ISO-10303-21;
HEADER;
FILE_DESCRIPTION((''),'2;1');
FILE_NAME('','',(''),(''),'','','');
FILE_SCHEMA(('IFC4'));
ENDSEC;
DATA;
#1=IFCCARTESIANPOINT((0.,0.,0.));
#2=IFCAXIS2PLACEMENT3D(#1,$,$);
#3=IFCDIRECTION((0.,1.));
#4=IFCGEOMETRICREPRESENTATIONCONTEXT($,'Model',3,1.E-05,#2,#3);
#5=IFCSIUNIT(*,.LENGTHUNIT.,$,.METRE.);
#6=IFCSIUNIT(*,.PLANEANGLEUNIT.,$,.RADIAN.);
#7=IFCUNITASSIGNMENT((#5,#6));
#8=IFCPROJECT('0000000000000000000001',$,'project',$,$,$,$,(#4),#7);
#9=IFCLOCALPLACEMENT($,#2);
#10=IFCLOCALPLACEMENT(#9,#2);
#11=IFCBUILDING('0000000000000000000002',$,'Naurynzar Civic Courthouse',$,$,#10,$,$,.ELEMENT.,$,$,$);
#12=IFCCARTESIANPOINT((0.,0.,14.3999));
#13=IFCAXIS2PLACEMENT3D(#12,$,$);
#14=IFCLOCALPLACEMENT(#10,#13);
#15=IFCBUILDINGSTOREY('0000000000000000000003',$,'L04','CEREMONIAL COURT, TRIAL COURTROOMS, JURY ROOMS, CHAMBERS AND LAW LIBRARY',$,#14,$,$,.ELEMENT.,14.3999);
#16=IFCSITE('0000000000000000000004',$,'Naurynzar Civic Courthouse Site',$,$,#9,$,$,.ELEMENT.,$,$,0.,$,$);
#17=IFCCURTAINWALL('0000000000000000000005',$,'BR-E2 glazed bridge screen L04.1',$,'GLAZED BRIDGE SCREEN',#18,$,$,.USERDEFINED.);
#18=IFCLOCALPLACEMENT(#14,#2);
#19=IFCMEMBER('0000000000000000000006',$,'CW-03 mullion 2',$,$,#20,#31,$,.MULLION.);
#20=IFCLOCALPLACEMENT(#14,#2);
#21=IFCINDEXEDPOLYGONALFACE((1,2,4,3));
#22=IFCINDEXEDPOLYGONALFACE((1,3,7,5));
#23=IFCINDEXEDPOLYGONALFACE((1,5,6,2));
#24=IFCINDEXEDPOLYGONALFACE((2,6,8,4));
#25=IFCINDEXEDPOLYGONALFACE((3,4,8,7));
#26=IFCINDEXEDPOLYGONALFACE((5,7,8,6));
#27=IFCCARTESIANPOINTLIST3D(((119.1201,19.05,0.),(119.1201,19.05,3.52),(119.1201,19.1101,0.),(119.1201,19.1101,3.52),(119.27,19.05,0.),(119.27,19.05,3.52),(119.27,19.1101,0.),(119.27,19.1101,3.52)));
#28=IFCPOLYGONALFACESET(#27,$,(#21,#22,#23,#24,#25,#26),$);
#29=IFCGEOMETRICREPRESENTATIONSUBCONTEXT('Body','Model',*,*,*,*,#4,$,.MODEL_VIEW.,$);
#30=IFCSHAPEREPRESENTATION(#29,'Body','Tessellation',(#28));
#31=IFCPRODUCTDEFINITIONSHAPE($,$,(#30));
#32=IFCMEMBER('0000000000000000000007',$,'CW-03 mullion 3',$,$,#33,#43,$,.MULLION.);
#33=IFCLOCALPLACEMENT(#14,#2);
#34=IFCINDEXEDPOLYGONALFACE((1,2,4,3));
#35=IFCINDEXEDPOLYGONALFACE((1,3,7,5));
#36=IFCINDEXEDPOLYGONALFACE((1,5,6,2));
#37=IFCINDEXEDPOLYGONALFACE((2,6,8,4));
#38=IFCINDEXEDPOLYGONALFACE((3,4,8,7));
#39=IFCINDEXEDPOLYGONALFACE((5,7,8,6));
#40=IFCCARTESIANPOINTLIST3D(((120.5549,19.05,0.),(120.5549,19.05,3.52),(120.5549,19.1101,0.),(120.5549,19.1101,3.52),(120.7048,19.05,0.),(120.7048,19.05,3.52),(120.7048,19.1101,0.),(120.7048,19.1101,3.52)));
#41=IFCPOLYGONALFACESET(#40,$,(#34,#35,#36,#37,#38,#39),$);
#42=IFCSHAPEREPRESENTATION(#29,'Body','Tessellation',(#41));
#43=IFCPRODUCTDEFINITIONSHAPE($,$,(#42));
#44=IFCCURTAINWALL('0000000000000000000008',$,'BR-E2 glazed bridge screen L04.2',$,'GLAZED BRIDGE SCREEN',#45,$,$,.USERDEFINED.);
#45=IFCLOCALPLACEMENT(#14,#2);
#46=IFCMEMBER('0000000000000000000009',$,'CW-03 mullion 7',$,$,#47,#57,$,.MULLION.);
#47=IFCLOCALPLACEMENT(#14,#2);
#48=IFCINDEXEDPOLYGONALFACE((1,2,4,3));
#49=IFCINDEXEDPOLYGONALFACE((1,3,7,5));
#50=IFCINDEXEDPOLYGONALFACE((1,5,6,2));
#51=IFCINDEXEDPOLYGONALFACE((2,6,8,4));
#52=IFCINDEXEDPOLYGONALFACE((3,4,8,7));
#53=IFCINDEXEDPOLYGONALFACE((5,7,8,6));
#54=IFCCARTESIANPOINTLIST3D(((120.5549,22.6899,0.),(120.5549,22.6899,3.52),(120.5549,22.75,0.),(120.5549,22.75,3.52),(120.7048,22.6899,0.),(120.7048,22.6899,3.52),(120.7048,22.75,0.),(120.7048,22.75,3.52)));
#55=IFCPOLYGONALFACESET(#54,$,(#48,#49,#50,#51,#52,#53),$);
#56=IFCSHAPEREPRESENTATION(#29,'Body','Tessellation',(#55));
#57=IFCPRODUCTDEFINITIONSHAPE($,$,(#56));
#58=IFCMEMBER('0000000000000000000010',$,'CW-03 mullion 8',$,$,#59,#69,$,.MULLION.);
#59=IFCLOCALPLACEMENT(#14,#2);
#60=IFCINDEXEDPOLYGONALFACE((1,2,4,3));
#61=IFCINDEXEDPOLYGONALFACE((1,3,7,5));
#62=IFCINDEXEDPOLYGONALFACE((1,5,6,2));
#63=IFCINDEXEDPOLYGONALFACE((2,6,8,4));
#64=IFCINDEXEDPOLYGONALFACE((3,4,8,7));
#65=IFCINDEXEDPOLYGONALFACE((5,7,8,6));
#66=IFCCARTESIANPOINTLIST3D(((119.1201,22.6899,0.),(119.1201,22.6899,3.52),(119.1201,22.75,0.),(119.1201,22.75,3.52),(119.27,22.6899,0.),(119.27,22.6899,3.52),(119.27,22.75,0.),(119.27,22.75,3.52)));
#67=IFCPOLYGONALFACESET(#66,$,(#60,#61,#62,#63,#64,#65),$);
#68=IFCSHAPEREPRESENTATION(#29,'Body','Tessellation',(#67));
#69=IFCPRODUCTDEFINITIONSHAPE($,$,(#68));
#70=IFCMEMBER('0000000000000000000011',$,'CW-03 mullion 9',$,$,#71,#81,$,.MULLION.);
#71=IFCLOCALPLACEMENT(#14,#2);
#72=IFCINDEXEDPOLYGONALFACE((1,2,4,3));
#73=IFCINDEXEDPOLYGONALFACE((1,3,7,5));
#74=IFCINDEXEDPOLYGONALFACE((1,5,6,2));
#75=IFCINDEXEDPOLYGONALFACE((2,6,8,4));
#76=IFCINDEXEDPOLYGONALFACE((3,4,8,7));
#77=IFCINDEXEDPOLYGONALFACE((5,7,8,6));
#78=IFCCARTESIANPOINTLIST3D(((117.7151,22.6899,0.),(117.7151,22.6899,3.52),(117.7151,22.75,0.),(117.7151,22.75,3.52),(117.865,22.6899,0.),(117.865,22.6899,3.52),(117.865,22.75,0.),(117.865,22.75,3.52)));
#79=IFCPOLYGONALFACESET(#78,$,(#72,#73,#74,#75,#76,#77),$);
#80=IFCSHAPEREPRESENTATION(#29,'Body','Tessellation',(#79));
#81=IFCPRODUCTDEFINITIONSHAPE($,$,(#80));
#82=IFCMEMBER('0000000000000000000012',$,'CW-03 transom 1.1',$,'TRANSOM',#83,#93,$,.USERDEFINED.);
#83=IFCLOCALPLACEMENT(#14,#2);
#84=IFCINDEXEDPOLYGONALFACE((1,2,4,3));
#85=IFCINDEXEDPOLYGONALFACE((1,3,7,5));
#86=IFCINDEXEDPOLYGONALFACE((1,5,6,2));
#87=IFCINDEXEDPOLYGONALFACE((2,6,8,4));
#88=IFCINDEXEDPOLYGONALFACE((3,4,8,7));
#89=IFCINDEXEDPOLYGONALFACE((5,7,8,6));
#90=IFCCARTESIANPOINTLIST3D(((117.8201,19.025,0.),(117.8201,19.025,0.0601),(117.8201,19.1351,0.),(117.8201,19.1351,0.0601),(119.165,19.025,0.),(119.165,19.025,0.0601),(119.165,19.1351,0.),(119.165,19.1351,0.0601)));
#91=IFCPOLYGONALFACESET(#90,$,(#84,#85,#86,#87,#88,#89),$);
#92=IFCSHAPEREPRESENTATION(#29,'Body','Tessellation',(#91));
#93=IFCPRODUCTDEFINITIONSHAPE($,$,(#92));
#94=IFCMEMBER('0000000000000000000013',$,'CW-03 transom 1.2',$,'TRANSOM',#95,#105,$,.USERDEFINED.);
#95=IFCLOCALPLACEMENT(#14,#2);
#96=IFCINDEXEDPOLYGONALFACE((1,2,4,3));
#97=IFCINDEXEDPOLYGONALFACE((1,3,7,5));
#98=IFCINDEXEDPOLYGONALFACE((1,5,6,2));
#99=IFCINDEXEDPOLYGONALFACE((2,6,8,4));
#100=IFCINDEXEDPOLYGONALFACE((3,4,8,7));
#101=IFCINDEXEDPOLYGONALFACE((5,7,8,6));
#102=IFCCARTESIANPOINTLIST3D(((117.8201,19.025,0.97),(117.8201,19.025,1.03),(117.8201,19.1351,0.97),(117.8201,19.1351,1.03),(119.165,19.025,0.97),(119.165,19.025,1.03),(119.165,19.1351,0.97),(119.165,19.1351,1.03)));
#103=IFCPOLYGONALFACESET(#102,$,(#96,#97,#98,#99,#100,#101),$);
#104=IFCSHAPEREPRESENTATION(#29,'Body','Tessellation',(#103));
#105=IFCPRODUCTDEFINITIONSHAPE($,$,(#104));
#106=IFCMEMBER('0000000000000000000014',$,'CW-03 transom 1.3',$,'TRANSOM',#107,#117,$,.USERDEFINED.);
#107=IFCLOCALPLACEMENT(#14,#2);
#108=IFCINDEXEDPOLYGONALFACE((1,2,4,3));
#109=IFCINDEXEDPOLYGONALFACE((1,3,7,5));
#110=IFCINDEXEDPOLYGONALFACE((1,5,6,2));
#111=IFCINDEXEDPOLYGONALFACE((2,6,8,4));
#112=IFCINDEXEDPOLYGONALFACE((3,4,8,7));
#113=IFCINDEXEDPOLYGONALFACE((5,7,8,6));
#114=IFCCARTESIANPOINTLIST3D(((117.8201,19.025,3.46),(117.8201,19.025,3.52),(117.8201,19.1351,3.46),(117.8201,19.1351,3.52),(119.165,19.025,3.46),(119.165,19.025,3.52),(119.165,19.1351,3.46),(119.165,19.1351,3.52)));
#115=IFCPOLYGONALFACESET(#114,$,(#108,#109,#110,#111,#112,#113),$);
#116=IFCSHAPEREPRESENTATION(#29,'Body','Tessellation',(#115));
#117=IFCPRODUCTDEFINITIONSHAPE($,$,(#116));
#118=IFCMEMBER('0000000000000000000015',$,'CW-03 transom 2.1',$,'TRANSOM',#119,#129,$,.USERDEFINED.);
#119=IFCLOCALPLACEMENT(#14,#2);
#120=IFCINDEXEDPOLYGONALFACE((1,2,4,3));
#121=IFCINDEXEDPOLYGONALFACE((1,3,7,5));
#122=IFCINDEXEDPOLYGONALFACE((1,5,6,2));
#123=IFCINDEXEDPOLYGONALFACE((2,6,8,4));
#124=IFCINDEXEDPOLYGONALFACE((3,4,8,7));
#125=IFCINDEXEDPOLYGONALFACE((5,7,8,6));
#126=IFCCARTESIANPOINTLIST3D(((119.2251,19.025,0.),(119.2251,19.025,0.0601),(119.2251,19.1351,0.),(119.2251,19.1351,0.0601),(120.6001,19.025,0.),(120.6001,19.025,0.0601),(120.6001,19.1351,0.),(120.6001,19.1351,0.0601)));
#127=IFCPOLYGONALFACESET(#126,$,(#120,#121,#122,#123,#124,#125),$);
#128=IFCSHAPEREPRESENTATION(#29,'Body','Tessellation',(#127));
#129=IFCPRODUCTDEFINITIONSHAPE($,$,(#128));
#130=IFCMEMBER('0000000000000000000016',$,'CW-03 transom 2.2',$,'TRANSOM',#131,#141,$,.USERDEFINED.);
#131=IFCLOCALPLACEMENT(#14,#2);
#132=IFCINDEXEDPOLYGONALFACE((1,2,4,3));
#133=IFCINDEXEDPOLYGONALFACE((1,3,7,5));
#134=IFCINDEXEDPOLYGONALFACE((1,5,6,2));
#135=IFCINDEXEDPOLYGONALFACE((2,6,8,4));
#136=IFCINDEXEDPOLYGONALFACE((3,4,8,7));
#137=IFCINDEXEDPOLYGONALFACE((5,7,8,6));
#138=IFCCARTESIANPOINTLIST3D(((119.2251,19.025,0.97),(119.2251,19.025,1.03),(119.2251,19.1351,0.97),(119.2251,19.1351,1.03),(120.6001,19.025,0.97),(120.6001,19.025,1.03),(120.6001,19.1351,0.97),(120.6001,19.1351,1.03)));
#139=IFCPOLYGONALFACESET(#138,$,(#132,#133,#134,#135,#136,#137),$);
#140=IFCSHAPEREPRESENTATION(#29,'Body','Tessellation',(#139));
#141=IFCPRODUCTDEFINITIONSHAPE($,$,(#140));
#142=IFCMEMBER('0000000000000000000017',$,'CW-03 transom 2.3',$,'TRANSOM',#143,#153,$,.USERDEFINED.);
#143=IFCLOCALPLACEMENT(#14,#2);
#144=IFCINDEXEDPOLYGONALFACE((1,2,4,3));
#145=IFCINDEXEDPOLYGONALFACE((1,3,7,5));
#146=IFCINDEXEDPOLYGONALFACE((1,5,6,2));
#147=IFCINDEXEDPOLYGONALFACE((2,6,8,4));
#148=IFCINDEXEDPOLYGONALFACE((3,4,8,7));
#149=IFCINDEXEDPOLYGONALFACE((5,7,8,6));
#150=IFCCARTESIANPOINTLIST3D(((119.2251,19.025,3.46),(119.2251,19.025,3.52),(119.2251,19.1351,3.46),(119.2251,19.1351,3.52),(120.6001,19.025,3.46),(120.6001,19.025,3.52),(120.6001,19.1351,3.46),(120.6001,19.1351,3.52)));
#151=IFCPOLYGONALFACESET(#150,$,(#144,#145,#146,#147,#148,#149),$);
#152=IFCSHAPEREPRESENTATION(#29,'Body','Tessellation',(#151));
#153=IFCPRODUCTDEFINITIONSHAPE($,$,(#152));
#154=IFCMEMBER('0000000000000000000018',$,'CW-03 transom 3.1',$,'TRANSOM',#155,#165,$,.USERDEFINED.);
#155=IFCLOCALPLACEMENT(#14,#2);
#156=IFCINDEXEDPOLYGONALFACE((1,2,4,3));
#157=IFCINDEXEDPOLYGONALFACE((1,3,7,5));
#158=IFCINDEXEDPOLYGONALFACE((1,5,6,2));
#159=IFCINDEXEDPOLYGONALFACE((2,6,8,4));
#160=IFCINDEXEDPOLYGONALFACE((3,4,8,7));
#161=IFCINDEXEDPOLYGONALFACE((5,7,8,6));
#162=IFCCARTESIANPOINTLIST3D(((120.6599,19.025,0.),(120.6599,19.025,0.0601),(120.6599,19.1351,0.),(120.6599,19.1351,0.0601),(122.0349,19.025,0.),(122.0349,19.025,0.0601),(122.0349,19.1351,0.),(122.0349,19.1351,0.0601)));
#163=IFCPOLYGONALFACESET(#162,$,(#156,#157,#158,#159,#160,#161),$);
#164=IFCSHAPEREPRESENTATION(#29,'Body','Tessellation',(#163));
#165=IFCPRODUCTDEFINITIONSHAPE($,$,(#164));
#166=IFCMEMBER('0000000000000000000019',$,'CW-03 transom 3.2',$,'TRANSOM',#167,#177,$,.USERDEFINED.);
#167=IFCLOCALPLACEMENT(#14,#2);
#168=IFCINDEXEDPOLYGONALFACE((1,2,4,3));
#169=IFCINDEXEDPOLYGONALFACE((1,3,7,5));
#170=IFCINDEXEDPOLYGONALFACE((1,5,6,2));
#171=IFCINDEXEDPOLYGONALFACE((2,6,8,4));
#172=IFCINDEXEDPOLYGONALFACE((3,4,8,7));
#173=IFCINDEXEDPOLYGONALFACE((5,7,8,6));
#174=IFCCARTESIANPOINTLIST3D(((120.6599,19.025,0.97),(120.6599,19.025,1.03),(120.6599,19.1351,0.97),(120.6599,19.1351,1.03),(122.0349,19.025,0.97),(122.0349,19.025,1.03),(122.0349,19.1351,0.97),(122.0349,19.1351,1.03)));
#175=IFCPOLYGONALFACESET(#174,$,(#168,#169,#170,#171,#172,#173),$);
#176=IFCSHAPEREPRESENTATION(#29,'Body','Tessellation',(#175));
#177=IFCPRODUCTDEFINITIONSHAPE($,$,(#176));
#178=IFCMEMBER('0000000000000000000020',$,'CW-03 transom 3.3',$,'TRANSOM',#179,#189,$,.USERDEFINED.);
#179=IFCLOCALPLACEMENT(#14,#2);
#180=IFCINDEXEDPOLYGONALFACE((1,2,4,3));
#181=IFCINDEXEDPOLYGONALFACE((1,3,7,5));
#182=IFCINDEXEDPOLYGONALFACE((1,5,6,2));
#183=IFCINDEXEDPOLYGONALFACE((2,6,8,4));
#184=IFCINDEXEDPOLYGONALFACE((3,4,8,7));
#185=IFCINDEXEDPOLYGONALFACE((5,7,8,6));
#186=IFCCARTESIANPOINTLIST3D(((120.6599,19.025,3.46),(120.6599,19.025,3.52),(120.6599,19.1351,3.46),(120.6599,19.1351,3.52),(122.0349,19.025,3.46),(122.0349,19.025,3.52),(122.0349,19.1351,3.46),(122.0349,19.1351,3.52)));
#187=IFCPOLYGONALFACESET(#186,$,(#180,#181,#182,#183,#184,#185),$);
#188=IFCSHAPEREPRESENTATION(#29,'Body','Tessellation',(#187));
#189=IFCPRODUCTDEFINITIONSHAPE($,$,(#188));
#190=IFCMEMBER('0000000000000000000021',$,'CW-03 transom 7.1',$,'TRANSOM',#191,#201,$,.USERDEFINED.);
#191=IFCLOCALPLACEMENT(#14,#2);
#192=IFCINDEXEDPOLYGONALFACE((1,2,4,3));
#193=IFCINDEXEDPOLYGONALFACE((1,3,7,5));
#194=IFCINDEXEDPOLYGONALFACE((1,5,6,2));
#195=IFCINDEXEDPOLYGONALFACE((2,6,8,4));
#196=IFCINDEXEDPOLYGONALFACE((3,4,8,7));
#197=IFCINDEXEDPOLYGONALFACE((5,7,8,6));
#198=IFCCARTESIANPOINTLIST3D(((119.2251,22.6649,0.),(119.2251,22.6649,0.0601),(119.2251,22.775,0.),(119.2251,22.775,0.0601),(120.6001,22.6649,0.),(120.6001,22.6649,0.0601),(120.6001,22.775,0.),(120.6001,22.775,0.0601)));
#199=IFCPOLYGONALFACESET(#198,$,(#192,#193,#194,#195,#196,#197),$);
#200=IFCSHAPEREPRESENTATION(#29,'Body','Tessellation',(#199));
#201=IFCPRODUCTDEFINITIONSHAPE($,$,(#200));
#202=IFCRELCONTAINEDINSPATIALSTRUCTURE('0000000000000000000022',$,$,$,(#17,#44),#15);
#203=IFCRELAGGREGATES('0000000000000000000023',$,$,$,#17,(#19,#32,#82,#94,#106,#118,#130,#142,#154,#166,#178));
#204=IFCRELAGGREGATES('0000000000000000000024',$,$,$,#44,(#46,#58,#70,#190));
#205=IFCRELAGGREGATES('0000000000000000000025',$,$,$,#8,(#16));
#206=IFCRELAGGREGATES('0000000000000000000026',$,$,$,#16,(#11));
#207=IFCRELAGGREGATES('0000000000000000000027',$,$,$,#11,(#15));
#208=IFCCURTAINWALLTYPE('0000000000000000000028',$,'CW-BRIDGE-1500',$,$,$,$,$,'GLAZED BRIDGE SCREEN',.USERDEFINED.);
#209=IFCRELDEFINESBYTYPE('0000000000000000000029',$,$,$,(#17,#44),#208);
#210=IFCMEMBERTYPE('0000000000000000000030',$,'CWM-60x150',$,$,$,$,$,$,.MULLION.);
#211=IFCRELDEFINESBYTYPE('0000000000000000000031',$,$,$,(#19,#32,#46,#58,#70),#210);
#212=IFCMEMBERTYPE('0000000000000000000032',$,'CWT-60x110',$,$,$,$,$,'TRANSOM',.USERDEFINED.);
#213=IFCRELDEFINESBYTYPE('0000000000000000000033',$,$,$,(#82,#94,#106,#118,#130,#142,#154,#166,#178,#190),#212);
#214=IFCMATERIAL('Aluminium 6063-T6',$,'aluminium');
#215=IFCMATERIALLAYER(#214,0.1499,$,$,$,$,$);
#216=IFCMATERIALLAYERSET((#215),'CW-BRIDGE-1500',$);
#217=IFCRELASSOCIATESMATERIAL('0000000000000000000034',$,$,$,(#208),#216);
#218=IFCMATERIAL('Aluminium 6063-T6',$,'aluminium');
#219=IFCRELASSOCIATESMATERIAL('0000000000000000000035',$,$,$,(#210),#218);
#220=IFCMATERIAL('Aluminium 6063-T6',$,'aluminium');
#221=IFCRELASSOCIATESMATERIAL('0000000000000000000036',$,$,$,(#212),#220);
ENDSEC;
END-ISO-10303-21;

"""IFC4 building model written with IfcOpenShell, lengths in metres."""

from ifc_helpers import new_model, si_unit, direction, frame, origin, origin_2d, place, context, subcontext, project, spatial, rectangle, extrude, material, layer, layer_set, material_profile, profile_set, type_object, element, aggregate, save


model = new_model("IFC4")

# Units and contexts
model_context = context("Model", 3, precision=1e-05, world=origin(), true_north=direction((0.0, 1.0)))
body_context = subcontext(model_context, "Body", "Model", "MODEL_VIEW")
ifc_project = project(units=[si_unit("LENGTHUNIT", "METRE"), si_unit("PLANEANGLEUNIT", "RADIAN")], contexts=[model_context])

# Site, building, storey
site_placement = place(None, origin())
site = spatial("IfcSite", under=ifc_project, at=site_placement, Name="Naurynzar Civic Courthouse Site", CompositionType="ELEMENT", RefElevation=0.0)
building_placement = place(site_placement, origin())
building = spatial("IfcBuilding", under=site, at=building_placement, Name="Naurynzar Civic Courthouse", CompositionType="ELEMENT")
storey_placement = place(building_placement, frame((0.0, 0.0, 14.3999)))
storey = spatial("IfcBuildingStorey", under=building, at=storey_placement, Name="L04", Description="CEREMONIAL COURT, TRIAL COURTROOMS, JURY ROOMS, CHAMBERS AND LAW LIBRARY", CompositionType="ELEMENT", Elevation=14.3999)

# Curtain walls, members
ifc_material_1 = material(Name="Aluminium 6063-T6", Category="aluminium")
ifc_layer_1 = layer(ifc_material_1, 0.1499)
ifc_layer_set_1 = layer_set([ifc_layer_1], Name="CW-BRIDGE-1500")
curtain_wall_type = type_object("IfcCurtainWallType", Name="CW-BRIDGE-1500", ElementType="GLAZED BRIDGE SCREEN", PredefinedType="USERDEFINED", material=ifc_layer_set_1)
curtain_wall_1_placement = place(storey_placement, origin())
curtain_wall_1 = element("IfcCurtainWall", 1, at=curtain_wall_1_placement, inside=storey, type_object=curtain_wall_type, Name="BR-E2 glazed bridge screen L04.1", ObjectType="GLAZED BRIDGE SCREEN", PredefinedType="USERDEFINED")
ifc_material_2 = material(Name="Aluminium 6063-T6", Category="aluminium")
ifc_material_profile_1 = material_profile(ifc_material_2, rectangle(XDim=0.0601, YDim=0.1499, at=origin_2d()), Name="ALU MULLION 60x150")
ifc_profile_set_1 = profile_set([ifc_material_profile_1], Name="Aluminium 6063-T6")
member_type_1 = type_object("IfcMemberType", Name="CWM-60x150", PredefinedType="MULLION", material=ifc_profile_set_1)
member_1_placement = place(storey_placement, frame((119.1951, 19.0801, 0.0), z_axis=(0.0, 0.0, 1.0), x_axis=(0.0, 1.0, 0.0)))
member_1 = element("IfcMember", 2, at=member_1_placement, type_object=member_type_1, Name="CW-03 mullion 2", PredefinedType="MULLION", context=body_context, shape_type="SweptSolid", body=[
    extrude(rectangle(XDim=0.0601, YDim=0.1499, at=origin_2d()), origin(), (0.0, 0.0, 1.0), 3.52),
])
member_2_placement = place(storey_placement, frame((120.6299, 19.0801, 0.0), z_axis=(0.0, 0.0, 1.0), x_axis=(0.0, 1.0, 0.0)))
member_2 = element("IfcMember", 3, at=member_2_placement, type_object=member_type_1, Name="CW-03 mullion 3", PredefinedType="MULLION", context=body_context, shape_type="SweptSolid", body=[
    extrude(rectangle(XDim=0.0601, YDim=0.1499, at=origin_2d()), origin(), (0.0, 0.0, 1.0), 3.52),
])
curtain_wall_2_placement = place(storey_placement, origin())
curtain_wall_2 = element("IfcCurtainWall", 4, at=curtain_wall_2_placement, inside=storey, type_object=curtain_wall_type, Name="BR-E2 glazed bridge screen L04.2", ObjectType="GLAZED BRIDGE SCREEN", PredefinedType="USERDEFINED")
member_3_placement = place(storey_placement, frame((120.6299, 22.72, 0.0), z_axis=(0.0, 0.0, 1.0), x_axis=(0.0, -1.0, 0.0)))
member_3 = element("IfcMember", 5, at=member_3_placement, type_object=member_type_1, Name="CW-03 mullion 7", PredefinedType="MULLION", context=body_context, shape_type="SweptSolid", body=[
    extrude(rectangle(XDim=0.0601, YDim=0.1499, at=origin_2d()), origin(), (0.0, 0.0, 1.0), 3.52),
])
member_4_placement = place(storey_placement, frame((119.1951, 22.72, 0.0), z_axis=(0.0, 0.0, 1.0), x_axis=(0.0, -1.0, 0.0)))
member_4 = element("IfcMember", 6, at=member_4_placement, type_object=member_type_1, Name="CW-03 mullion 8", PredefinedType="MULLION", context=body_context, shape_type="SweptSolid", body=[
    extrude(rectangle(XDim=0.0601, YDim=0.1499, at=origin_2d()), origin(), (0.0, 0.0, 1.0), 3.52),
])
member_5_placement = place(storey_placement, frame((117.79, 22.72, 0.0), z_axis=(0.0, 0.0, 1.0), x_axis=(0.0, -1.0, 0.0)))
member_5 = element("IfcMember", 7, at=member_5_placement, type_object=member_type_1, Name="CW-03 mullion 9", PredefinedType="MULLION", context=body_context, shape_type="SweptSolid", body=[
    extrude(rectangle(XDim=0.0601, YDim=0.1499, at=origin_2d()), origin(), (0.0, 0.0, 1.0), 3.52),
])

# Members
ifc_material_3 = material(Name="Aluminium 6063-T6", Category="aluminium")
ifc_material_profile_2 = material_profile(ifc_material_3, rectangle(XDim=0.1101, YDim=0.0601, at=origin_2d()), Name="ALU TRANSOM 60x110")
ifc_profile_set_2 = profile_set([ifc_material_profile_2], Name="Aluminium 6063-T6")
member_type_2 = type_object("IfcMemberType", Name="CWT-60x110", ElementType="TRANSOM", PredefinedType="USERDEFINED", material=ifc_profile_set_2)
member_6_placement = place(storey_placement, frame((117.8201, 19.0801, 0.03), z_axis=(1.0, 0.0, 0.0), x_axis=(0.0, 1.0, 0.0)))
member_6 = element("IfcMember", 8, at=member_6_placement, type_object=member_type_2, Name="CW-03 transom 1.1", ObjectType="TRANSOM", PredefinedType="USERDEFINED", context=body_context, shape_type="SweptSolid", body=[
    extrude(rectangle(XDim=0.1101, YDim=0.0601, at=origin_2d()), origin(), (0.0, 0.0, 1.0), 1.345),
])
member_7_placement = place(storey_placement, frame((117.8201, 19.0801, 1.0), z_axis=(1.0, 0.0, 0.0), x_axis=(0.0, 1.0, 0.0)))
member_7 = element("IfcMember", 9, at=member_7_placement, type_object=member_type_2, Name="CW-03 transom 1.2", ObjectType="TRANSOM", PredefinedType="USERDEFINED", context=body_context, shape_type="SweptSolid", body=[
    extrude(rectangle(XDim=0.1101, YDim=0.0601, at=origin_2d()), origin(), (0.0, 0.0, 1.0), 1.345),
])
member_8_placement = place(storey_placement, frame((117.8201, 19.0801, 3.49), z_axis=(1.0, 0.0, 0.0), x_axis=(0.0, 1.0, 0.0)))
member_8 = element("IfcMember", 10, at=member_8_placement, type_object=member_type_2, Name="CW-03 transom 1.3", ObjectType="TRANSOM", PredefinedType="USERDEFINED", context=body_context, shape_type="SweptSolid", body=[
    extrude(rectangle(XDim=0.1101, YDim=0.0601, at=origin_2d()), origin(), (0.0, 0.0, 1.0), 1.345),
])
member_9_placement = place(storey_placement, frame((119.2251, 19.0801, 0.03), z_axis=(1.0, 0.0, 0.0), x_axis=(0.0, 1.0, 0.0)))
member_9 = element("IfcMember", 11, at=member_9_placement, type_object=member_type_2, Name="CW-03 transom 2.1", ObjectType="TRANSOM", PredefinedType="USERDEFINED", context=body_context, shape_type="SweptSolid", body=[
    extrude(rectangle(XDim=0.1101, YDim=0.0601, at=origin_2d()), origin(), (0.0, 0.0, 1.0), 1.375),
])
member_10_placement = place(storey_placement, frame((119.2251, 19.0801, 1.0), z_axis=(1.0, 0.0, 0.0), x_axis=(0.0, 1.0, 0.0)))
member_10 = element("IfcMember", 12, at=member_10_placement, type_object=member_type_2, Name="CW-03 transom 2.2", ObjectType="TRANSOM", PredefinedType="USERDEFINED", context=body_context, shape_type="SweptSolid", body=[
    extrude(rectangle(XDim=0.1101, YDim=0.0601, at=origin_2d()), origin(), (0.0, 0.0, 1.0), 1.375),
])
member_11_placement = place(storey_placement, frame((119.2251, 19.0801, 3.49), z_axis=(1.0, 0.0, 0.0), x_axis=(0.0, 1.0, 0.0)))
member_11 = element("IfcMember", 13, at=member_11_placement, type_object=member_type_2, Name="CW-03 transom 2.3", ObjectType="TRANSOM", PredefinedType="USERDEFINED", context=body_context, shape_type="SweptSolid", body=[
    extrude(rectangle(XDim=0.1101, YDim=0.0601, at=origin_2d()), origin(), (0.0, 0.0, 1.0), 1.375),
])
member_12_placement = place(storey_placement, frame((120.6599, 19.0801, 0.03), z_axis=(1.0, 0.0, 0.0), x_axis=(0.0, 1.0, 0.0)))
member_12 = element("IfcMember", 14, at=member_12_placement, type_object=member_type_2, Name="CW-03 transom 3.1", ObjectType="TRANSOM", PredefinedType="USERDEFINED", context=body_context, shape_type="SweptSolid", body=[
    extrude(rectangle(XDim=0.1101, YDim=0.0601, at=origin_2d()), origin(), (0.0, 0.0, 1.0), 1.375),
])
member_13_placement = place(storey_placement, frame((120.6599, 19.0801, 1.0), z_axis=(1.0, 0.0, 0.0), x_axis=(0.0, 1.0, 0.0)))
member_13 = element("IfcMember", 15, at=member_13_placement, type_object=member_type_2, Name="CW-03 transom 3.2", ObjectType="TRANSOM", PredefinedType="USERDEFINED", context=body_context, shape_type="SweptSolid", body=[
    extrude(rectangle(XDim=0.1101, YDim=0.0601, at=origin_2d()), origin(), (0.0, 0.0, 1.0), 1.375),
])
member_14_placement = place(storey_placement, frame((120.6599, 19.0801, 3.49), z_axis=(1.0, 0.0, 0.0), x_axis=(0.0, 1.0, 0.0)))
member_14 = element("IfcMember", 16, at=member_14_placement, type_object=member_type_2, Name="CW-03 transom 3.3", ObjectType="TRANSOM", PredefinedType="USERDEFINED", context=body_context, shape_type="SweptSolid", body=[
    extrude(rectangle(XDim=0.1101, YDim=0.0601, at=origin_2d()), origin(), (0.0, 0.0, 1.0), 1.375),
])
member_15_placement = place(storey_placement, frame((120.6001, 22.72, 0.03), z_axis=(-1.0, 0.0, 0.0), x_axis=(0.0, -1.0, 0.0)))
member_15 = element("IfcMember", 17, at=member_15_placement, type_object=member_type_2, Name="CW-03 transom 7.1", ObjectType="TRANSOM", PredefinedType="USERDEFINED", context=body_context, shape_type="SweptSolid", body=[
    extrude(rectangle(XDim=0.1101, YDim=0.0601, at=origin_2d()), origin(), (0.0, 0.0, 1.0), 1.375),
])

aggregate(curtain_wall_1, [member_1, member_2, member_6, member_7, member_8, member_9, member_10, member_11, member_12, member_13, member_14])
aggregate(curtain_wall_2, [member_3, member_4, member_5, member_15])

save(model, "model.ifc")
